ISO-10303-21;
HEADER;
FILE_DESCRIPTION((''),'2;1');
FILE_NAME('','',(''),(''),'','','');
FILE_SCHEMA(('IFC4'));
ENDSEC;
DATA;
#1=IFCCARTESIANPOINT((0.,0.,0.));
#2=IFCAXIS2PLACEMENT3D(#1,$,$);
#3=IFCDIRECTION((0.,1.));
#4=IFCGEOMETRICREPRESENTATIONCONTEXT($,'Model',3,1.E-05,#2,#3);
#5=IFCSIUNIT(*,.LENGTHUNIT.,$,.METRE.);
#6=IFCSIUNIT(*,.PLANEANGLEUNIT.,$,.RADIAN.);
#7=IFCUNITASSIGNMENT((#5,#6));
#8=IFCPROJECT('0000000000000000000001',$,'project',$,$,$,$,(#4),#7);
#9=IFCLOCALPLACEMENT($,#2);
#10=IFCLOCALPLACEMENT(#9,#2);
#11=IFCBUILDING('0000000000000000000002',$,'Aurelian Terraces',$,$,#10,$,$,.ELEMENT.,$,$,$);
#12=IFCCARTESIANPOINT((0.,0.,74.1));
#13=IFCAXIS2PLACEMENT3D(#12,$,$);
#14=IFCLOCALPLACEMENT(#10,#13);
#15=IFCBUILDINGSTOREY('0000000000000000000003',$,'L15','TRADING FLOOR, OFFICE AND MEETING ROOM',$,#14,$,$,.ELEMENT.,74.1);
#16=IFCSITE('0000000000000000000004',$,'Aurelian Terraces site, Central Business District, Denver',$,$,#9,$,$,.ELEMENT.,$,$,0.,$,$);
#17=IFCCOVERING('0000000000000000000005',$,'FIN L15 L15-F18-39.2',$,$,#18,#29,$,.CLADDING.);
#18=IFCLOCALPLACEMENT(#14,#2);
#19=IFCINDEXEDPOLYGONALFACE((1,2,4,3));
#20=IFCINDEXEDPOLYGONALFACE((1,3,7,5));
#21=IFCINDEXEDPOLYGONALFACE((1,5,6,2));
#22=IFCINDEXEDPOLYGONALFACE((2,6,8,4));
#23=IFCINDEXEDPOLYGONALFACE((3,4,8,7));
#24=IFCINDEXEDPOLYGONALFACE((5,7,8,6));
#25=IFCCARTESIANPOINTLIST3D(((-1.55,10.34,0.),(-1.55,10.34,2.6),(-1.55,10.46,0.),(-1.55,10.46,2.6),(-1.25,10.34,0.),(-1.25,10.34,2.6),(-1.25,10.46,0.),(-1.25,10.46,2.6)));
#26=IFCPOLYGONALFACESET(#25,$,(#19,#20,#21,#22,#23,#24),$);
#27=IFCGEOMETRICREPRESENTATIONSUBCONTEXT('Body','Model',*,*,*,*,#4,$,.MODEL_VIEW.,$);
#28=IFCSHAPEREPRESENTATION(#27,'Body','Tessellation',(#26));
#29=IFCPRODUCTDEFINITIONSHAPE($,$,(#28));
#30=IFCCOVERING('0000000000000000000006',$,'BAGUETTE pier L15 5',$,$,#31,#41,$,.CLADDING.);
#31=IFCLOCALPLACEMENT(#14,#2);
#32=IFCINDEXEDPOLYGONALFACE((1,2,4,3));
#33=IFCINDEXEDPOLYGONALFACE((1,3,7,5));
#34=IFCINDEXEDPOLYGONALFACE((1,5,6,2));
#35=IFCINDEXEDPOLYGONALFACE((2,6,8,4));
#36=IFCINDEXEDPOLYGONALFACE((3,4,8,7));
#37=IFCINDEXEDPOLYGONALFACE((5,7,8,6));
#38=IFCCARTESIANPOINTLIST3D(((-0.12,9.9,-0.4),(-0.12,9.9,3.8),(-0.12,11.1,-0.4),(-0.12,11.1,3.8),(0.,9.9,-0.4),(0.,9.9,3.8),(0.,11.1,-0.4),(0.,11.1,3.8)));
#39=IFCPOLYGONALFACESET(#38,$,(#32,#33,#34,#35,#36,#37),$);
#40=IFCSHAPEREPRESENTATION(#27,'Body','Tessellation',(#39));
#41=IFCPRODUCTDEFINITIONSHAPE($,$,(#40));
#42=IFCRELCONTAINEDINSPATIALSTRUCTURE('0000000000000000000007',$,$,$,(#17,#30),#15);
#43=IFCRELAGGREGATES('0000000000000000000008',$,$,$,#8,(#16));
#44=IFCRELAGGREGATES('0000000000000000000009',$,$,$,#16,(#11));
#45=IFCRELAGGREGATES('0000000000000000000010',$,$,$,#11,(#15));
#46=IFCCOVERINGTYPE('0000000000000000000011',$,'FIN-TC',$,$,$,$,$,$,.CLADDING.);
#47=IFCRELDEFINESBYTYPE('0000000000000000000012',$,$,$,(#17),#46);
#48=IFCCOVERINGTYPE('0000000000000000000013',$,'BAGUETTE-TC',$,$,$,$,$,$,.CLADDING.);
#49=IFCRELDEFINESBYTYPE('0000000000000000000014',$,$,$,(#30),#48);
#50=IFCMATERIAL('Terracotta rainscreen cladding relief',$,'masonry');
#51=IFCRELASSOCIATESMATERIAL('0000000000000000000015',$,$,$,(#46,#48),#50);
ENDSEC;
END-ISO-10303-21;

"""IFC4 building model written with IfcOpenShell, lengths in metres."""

from ifc_helpers import new_model, si_unit, direction, frame, origin, origin_2d, place, context, subcontext, project, spatial, rectangle, extrude, source, transform, mapped, material, type_object, element, save


model = new_model("IFC4")

# Units and contexts
model_context = context("Model", 3, precision=1e-05, world=origin(), true_north=direction((0.0, 1.0)))
body_context = subcontext(model_context, "Body", "Model", "MODEL_VIEW")
ifc_project = project(units=[si_unit("LENGTHUNIT", "METRE"), si_unit("PLANEANGLEUNIT", "RADIAN")], contexts=[model_context])

# Site, building, storey
site_placement = place(None, origin())
site = spatial("IfcSite", under=ifc_project, at=site_placement, Name="Aurelian Terraces site, Central Business District, Denver", CompositionType="ELEMENT", RefElevation=0.0)
building_placement = place(site_placement, origin())
building = spatial("IfcBuilding", under=site, at=building_placement, Name="Aurelian Terraces", CompositionType="ELEMENT")
storey_placement = place(building_placement, frame((0.0, 0.0, 74.1)))
storey = spatial("IfcBuildingStorey", under=building, at=storey_placement, Name="L15", Description="TRADING FLOOR, OFFICE AND MEETING ROOM", CompositionType="ELEMENT", Elevation=74.1)

# Coverings
ifc_material_1 = material(Name="Terracotta rainscreen cladding relief", Category="masonry")
covering_type_1 = type_object("IfcCoveringType", Name="FIN-TC", PredefinedType="CLADDING", material=ifc_material_1)
shared_shape_1 = source(origin(), body_context, "Body", "SweptSolid", [
    extrude(rectangle(XDim=0.3, YDim=0.12, at=origin_2d()), origin(), (0.0, 0.0, 1.0), 2.6),
])
covering_1_placement = place(storey_placement, frame((-1.4, 10.4, 0.0), z_axis=(0.0, 0.0, 1.0), x_axis=(1.0, 0.0, 0.0)))
element("IfcCovering", 1, at=covering_1_placement, inside=storey, type_object=covering_type_1, Name="FIN L15 L15-F18-39.2", PredefinedType="CLADDING", context=body_context, shape_type="MappedRepresentation", body=[
    mapped(shared_shape_1, transform((0.0, 0.0, 0.0), scale=1.0)),
])
covering_type_2 = type_object("IfcCoveringType", Name="BAGUETTE-TC", PredefinedType="CLADDING", material=ifc_material_1)
shared_shape_2 = source(origin(), body_context, "Body", "SweptSolid", [
    extrude(rectangle(XDim=0.12, YDim=1.2, at=origin_2d()), origin(), (0.0, 0.0, 1.0), 4.2),
])
covering_2_placement = place(storey_placement, frame((-0.06, 10.5, -0.4), z_axis=(0.0, 0.0, 1.0), x_axis=(1.0, 0.0, 0.0)))
element("IfcCovering", 2, at=covering_2_placement, inside=storey, type_object=covering_type_2, Name="BAGUETTE pier L15 5", PredefinedType="CLADDING", context=body_context, shape_type="MappedRepresentation", body=[
    mapped(shared_shape_2, transform((0.0, 0.0, 0.0), scale=1.0)),
])

save(model, "model.ifc")
